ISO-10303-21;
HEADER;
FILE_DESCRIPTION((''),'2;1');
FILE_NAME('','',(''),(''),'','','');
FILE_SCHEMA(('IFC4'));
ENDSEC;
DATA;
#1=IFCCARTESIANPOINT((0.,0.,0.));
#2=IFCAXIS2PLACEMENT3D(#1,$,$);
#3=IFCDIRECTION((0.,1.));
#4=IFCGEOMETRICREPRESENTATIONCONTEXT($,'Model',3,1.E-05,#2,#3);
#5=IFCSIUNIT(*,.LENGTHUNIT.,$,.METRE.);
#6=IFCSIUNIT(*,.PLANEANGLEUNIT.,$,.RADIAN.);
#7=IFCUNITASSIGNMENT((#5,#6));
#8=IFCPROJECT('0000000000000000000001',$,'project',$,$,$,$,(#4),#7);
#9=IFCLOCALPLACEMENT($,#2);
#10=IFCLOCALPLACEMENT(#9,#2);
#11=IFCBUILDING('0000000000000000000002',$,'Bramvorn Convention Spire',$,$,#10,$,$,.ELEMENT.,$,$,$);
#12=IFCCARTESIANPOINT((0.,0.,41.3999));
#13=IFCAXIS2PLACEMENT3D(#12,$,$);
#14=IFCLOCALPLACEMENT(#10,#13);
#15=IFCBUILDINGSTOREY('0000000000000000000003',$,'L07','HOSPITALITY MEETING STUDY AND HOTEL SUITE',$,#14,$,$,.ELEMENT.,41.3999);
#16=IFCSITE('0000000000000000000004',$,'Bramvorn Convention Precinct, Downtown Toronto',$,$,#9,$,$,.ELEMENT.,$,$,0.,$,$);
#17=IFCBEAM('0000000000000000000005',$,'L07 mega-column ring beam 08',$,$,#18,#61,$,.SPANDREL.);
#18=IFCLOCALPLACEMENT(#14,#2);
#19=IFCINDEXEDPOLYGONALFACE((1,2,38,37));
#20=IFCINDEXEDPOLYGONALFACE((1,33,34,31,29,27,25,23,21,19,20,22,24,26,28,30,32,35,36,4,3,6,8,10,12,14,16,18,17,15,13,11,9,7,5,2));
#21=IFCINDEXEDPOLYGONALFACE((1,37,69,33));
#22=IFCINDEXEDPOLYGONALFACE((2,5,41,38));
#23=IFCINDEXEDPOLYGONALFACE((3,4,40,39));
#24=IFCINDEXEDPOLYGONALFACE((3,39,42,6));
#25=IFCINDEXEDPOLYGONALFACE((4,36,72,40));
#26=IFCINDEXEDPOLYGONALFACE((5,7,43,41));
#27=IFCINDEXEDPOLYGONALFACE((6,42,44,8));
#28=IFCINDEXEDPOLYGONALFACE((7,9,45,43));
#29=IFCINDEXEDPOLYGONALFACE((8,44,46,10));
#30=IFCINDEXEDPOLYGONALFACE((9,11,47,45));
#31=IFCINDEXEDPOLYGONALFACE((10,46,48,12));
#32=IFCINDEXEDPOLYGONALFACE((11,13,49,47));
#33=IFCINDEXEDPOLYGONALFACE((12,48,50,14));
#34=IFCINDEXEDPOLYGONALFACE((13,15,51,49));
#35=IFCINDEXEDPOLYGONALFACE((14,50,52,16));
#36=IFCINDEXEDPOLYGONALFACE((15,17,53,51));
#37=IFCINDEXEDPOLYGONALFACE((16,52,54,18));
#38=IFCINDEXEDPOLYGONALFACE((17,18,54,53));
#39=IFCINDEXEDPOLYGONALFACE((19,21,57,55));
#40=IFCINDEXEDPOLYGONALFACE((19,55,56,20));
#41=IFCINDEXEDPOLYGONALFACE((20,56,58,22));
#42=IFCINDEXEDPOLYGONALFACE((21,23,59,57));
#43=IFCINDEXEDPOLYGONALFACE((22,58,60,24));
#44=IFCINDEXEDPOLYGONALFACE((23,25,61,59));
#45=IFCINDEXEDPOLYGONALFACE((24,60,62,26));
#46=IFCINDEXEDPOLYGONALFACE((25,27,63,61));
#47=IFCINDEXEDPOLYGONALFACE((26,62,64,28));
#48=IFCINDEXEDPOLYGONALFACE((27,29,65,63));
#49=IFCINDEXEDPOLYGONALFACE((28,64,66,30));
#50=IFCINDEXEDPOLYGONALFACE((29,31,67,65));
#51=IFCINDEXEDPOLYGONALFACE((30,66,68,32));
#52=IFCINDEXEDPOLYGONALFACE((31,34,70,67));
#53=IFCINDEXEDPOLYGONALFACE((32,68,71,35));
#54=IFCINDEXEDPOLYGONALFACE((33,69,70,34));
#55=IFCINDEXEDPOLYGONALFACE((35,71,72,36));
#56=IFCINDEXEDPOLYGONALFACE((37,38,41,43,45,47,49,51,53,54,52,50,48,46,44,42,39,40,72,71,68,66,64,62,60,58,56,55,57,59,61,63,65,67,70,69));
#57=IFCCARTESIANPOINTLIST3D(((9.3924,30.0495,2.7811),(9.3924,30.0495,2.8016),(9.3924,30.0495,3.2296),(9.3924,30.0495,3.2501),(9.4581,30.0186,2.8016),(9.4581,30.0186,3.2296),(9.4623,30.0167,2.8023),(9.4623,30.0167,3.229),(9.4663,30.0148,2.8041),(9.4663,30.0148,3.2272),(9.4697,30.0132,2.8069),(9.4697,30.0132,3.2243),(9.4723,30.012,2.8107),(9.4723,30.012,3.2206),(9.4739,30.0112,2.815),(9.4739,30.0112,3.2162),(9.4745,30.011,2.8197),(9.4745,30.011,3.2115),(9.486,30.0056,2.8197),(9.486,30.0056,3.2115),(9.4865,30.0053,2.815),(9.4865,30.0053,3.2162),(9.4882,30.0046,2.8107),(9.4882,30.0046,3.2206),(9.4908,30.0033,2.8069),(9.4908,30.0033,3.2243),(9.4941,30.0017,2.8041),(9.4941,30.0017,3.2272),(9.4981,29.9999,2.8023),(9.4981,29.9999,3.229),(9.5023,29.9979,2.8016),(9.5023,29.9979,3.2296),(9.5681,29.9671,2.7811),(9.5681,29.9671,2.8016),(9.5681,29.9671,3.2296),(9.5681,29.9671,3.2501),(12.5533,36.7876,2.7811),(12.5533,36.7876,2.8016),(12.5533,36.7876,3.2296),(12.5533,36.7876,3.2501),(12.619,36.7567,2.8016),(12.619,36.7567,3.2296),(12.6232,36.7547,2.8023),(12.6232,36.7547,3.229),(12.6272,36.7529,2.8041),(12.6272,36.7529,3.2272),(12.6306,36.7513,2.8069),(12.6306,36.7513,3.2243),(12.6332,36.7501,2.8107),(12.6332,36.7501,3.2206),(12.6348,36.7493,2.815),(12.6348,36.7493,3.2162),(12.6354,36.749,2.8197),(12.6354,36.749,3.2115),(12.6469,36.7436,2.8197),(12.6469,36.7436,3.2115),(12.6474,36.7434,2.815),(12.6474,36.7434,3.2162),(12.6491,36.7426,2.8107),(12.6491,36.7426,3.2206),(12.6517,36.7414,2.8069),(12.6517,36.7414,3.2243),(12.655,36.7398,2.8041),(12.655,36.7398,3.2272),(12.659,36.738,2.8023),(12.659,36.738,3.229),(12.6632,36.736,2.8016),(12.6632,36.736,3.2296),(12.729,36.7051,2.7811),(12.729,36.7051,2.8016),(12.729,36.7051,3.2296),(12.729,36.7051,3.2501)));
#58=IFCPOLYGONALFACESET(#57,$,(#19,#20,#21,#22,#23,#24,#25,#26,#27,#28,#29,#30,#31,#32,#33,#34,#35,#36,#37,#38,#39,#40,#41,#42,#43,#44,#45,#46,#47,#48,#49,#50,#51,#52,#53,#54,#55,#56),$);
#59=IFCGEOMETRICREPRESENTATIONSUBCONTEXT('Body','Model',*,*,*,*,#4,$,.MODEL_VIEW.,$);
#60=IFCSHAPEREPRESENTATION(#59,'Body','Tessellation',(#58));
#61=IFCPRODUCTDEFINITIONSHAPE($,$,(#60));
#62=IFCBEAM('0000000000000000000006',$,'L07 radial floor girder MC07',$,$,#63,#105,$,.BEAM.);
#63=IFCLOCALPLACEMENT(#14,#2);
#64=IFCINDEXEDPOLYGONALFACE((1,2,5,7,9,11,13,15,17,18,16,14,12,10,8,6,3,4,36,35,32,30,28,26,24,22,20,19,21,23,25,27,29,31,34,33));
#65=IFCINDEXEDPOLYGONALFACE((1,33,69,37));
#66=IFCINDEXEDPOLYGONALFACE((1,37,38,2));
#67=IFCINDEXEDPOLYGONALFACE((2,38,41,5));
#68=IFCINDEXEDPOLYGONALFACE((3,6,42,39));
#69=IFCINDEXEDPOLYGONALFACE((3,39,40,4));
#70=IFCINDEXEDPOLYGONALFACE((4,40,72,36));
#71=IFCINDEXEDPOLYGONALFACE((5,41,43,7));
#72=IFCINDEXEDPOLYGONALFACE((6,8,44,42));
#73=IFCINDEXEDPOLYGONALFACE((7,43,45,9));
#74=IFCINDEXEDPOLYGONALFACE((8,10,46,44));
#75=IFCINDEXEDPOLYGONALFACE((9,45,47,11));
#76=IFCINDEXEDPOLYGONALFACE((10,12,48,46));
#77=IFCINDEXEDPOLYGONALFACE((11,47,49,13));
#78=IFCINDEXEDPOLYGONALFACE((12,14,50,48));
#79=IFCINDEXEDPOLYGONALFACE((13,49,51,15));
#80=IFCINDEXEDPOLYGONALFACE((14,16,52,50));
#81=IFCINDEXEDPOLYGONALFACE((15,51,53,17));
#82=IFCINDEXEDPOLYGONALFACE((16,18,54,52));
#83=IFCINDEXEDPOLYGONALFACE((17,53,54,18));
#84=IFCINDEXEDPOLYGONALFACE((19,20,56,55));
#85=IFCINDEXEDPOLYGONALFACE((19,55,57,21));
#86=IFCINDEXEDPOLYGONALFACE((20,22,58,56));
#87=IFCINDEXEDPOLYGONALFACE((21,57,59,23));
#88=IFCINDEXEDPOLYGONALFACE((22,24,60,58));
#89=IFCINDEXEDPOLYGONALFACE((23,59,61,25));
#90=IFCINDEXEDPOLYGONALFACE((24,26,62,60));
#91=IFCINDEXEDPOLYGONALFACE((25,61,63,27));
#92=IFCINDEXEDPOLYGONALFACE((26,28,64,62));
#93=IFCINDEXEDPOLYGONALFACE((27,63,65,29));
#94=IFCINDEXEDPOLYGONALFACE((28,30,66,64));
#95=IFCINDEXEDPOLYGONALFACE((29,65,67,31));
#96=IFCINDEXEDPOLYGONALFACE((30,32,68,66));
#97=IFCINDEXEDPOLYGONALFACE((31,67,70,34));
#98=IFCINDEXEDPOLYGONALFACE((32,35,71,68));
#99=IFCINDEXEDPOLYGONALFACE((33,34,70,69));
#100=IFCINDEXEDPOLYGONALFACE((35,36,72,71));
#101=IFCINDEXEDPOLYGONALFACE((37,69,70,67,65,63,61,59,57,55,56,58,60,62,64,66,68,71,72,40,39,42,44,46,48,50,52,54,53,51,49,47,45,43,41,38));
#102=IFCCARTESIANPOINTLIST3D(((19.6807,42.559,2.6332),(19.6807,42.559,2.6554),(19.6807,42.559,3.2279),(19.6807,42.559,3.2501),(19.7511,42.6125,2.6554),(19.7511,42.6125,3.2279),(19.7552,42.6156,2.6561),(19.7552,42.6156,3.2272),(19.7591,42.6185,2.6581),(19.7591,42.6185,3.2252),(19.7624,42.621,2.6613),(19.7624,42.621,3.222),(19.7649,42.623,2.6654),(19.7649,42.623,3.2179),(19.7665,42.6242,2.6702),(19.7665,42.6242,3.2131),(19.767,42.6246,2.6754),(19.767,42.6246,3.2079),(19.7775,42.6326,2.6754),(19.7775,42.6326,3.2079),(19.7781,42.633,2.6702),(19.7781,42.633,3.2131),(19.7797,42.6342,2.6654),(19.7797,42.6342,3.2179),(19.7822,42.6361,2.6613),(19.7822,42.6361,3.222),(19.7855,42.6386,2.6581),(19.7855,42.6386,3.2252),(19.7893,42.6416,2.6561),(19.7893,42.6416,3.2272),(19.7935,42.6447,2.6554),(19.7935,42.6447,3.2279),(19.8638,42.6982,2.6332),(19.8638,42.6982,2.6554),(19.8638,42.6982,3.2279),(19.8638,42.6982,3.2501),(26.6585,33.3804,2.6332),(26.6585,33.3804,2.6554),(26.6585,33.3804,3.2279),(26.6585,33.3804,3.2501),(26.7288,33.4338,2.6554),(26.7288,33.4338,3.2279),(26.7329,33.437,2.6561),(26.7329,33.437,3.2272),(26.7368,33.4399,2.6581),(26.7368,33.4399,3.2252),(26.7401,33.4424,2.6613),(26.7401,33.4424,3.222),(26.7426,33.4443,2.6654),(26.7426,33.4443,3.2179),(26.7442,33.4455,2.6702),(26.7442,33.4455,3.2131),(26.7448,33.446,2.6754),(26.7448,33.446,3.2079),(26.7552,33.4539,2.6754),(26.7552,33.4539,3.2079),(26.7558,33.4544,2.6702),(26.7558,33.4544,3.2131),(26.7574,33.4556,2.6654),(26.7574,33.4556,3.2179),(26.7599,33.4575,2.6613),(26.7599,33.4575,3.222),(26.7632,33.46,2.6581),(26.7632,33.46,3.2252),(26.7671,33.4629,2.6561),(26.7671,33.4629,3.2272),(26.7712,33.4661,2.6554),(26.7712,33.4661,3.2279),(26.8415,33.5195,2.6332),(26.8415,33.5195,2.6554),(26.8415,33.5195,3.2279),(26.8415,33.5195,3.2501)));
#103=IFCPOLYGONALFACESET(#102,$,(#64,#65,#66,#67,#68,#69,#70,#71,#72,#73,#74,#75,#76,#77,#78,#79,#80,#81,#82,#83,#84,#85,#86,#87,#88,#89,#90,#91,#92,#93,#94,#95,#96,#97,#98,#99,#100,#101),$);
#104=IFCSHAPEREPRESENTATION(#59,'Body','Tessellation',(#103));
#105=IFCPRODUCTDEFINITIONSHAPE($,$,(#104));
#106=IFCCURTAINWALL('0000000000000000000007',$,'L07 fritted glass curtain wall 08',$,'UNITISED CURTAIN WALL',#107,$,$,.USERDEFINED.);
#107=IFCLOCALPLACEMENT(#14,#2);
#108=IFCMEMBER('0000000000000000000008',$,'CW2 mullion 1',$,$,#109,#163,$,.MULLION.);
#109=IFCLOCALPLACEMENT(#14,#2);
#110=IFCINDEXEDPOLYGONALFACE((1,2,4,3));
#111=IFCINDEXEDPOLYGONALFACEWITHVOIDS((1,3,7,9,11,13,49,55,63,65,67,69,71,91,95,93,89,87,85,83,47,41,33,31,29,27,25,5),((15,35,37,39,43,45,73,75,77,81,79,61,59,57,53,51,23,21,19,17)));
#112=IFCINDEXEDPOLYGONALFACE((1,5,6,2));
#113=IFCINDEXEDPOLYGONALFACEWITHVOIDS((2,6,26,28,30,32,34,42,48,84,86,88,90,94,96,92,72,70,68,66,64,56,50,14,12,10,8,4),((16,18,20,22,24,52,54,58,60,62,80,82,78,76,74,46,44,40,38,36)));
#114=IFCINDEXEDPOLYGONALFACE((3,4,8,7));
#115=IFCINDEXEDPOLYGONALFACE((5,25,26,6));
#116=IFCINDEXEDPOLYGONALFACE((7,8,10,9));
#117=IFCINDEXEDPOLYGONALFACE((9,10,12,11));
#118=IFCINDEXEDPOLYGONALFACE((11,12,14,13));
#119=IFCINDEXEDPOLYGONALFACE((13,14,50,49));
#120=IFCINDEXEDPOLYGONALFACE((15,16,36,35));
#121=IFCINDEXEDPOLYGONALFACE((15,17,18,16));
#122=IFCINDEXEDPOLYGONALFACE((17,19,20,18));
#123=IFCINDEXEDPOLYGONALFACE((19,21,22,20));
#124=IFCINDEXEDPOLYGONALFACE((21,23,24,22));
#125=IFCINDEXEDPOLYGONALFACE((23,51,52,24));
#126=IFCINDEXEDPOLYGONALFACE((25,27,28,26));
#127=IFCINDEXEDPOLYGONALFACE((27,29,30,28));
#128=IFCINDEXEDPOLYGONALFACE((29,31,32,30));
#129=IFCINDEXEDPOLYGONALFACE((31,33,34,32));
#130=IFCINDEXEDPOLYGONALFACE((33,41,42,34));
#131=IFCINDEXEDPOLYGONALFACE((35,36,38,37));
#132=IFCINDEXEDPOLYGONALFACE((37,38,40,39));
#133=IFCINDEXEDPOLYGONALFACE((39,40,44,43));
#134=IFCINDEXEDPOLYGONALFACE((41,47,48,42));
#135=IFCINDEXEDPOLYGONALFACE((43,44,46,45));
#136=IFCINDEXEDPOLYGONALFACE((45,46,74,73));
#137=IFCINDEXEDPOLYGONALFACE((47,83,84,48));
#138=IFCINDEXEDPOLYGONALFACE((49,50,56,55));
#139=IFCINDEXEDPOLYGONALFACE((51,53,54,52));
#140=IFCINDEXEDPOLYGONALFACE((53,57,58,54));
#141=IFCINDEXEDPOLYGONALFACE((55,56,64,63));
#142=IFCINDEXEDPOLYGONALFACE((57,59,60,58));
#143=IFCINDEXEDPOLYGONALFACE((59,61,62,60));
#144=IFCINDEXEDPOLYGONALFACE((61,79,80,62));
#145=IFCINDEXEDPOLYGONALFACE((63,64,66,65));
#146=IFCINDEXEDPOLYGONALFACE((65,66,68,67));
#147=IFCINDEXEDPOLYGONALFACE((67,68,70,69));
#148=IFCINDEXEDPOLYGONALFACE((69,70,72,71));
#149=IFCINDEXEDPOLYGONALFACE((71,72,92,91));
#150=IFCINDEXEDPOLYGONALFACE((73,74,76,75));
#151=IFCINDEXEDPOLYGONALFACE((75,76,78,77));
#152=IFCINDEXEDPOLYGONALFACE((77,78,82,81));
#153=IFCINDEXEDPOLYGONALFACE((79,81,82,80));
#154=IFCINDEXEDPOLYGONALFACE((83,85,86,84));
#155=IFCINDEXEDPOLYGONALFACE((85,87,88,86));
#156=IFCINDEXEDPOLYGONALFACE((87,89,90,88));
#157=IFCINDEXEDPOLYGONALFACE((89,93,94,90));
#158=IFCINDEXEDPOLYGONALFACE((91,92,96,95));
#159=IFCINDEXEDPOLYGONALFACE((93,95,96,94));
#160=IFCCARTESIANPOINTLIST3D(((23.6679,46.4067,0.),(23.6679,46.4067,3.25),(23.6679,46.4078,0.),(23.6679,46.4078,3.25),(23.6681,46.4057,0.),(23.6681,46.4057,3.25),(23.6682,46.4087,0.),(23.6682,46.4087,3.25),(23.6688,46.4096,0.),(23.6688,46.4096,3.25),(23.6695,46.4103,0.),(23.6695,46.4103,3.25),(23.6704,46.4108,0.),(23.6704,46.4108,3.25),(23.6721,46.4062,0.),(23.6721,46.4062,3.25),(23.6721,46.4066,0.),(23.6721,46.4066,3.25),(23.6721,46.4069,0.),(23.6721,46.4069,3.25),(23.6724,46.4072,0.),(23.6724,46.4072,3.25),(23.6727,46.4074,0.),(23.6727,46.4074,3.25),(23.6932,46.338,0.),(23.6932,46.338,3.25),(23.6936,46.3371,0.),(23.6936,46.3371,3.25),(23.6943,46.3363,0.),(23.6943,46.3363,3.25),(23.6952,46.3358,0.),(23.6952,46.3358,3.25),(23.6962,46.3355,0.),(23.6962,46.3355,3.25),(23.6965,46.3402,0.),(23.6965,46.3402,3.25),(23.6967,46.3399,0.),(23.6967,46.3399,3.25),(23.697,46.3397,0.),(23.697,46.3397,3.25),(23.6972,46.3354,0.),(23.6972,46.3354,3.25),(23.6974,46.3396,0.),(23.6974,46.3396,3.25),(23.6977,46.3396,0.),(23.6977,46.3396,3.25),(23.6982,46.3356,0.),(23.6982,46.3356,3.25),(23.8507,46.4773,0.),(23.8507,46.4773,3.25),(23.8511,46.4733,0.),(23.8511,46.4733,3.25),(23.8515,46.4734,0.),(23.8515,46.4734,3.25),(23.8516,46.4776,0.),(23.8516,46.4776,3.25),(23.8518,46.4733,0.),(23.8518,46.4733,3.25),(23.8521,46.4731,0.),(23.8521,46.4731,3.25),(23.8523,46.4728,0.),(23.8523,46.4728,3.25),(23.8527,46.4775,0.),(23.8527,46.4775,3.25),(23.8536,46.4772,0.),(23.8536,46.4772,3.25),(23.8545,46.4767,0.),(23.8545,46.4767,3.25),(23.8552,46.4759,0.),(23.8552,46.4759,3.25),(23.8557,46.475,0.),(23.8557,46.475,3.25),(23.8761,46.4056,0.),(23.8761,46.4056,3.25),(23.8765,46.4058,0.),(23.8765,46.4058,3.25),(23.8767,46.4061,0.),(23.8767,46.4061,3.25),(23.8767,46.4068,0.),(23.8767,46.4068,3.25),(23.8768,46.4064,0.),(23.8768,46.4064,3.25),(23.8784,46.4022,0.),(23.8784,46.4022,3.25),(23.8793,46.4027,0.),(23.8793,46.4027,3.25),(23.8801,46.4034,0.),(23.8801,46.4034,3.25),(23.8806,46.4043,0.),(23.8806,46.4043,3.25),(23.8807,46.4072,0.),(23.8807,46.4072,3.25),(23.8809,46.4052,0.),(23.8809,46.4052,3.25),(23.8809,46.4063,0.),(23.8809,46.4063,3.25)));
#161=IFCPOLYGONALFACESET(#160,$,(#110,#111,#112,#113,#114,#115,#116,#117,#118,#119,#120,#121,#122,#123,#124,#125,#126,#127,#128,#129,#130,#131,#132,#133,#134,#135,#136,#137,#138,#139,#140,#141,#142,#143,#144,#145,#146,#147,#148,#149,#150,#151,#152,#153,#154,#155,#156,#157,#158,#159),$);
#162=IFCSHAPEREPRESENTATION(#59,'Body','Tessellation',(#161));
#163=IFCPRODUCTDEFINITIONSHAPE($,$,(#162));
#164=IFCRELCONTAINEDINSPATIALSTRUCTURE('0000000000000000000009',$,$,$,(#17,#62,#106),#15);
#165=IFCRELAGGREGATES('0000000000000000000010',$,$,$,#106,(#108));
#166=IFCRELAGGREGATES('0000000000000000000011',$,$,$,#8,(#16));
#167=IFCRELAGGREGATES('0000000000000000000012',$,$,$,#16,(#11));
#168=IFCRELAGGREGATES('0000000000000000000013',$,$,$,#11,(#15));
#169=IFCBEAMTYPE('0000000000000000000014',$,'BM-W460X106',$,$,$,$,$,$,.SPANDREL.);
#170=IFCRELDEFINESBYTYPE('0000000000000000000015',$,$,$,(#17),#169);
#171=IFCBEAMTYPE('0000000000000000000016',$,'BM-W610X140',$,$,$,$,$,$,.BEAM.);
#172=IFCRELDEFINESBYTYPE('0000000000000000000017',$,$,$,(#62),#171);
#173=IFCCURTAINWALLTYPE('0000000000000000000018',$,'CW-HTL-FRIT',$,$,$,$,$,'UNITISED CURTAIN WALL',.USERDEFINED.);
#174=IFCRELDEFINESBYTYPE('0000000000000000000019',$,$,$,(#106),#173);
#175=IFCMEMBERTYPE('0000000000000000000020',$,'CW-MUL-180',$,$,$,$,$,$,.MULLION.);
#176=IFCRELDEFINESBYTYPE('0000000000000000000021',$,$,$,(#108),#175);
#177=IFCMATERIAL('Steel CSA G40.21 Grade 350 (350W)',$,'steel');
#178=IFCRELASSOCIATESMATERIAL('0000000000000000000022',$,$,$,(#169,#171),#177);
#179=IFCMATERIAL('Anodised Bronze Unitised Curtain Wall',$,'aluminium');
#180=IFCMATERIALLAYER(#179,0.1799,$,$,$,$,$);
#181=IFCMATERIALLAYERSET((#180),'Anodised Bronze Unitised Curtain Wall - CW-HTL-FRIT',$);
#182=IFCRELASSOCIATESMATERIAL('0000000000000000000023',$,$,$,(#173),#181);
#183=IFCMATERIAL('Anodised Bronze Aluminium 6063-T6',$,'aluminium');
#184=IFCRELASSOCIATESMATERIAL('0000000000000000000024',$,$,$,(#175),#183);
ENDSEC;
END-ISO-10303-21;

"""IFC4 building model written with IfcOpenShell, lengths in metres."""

from ifc_helpers import new_model, si_unit, direction, frame, origin, origin_2d, place, context, subcontext, project, spatial, hollow_rectangle, i_section, extrude, material, layer, layer_set, material_profile, profile_set, type_object, element, aggregate, save


model = new_model("IFC4")

# Units and contexts
model_context = context("Model", 3, precision=1e-05, world=origin(), true_north=direction((0.0, 1.0)))
body_context = subcontext(model_context, "Body", "Model", "MODEL_VIEW")
ifc_project = project(units=[si_unit("LENGTHUNIT", "METRE"), si_unit("PLANEANGLEUNIT", "RADIAN")], contexts=[model_context])

# Site, building, storey
site_placement = place(None, origin())
site = spatial("IfcSite", under=ifc_project, at=site_placement, Name="Bramvorn Convention Precinct, Downtown Toronto", CompositionType="ELEMENT", RefElevation=0.0)
building_placement = place(site_placement, origin())
building = spatial("IfcBuilding", under=site, at=building_placement, Name="Bramvorn Convention Spire", CompositionType="ELEMENT")
storey_placement = place(building_placement, frame((0.0, 0.0, 41.3999)))
storey = spatial("IfcBuildingStorey", under=building, at=storey_placement, Name="L07", Description="HOSPITALITY MEETING STUDY AND HOTEL SUITE", CompositionType="ELEMENT", Elevation=41.3999)

# Shared definitions
ifc_material_1 = material(Name="Steel CSA G40.21 Grade 350 (350W)", Category="steel")

# Beams
ifc_material_profile_1 = material_profile(ifc_material_1, i_section(OverallWidth=0.1941, OverallDepth=0.469, WebThickness=0.0127, FlangeThickness=0.0205, FilletRadius=0.0181, at=origin_2d()))
ifc_profile_set_1 = profile_set([ifc_material_profile_1], Name="Steel CSA G40.21 Grade 350 (350W) - W460X106")
beam_type_1 = type_object("IfcBeamType", Name="BM-W460X106", PredefinedType="SPANDREL", material=ifc_profile_set_1)
beam_1_placement = place(storey_placement, frame((12.6411, 36.7463, 3.0156), z_axis=(-0.424702, -0.905333, 0.0), x_axis=(0.905333, -0.424702, 0.0)))
element("IfcBeam", 1, at=beam_1_placement, inside=storey, type_object=beam_type_1, Name="L07 mega-column ring beam 08", PredefinedType="SPANDREL", context=body_context, shape_type="SweptSolid", body=[
    extrude(i_section(OverallWidth=0.1941, OverallDepth=0.469, WebThickness=0.0127, FlangeThickness=0.0205, FilletRadius=0.0181, at=origin_2d()), origin(), (0.0, 0.0, 1.0), 7.4426),
])
ifc_material_profile_2 = material_profile(ifc_material_1, i_section(OverallWidth=0.23, OverallDepth=0.6169, WebThickness=0.0132, FlangeThickness=0.0222, FilletRadius=0.02, at=origin_2d()))
ifc_profile_set_2 = profile_set([ifc_material_profile_2], Name="Steel CSA G40.21 Grade 350 (350W) - W610X140")
beam_type_2 = type_object("IfcBeamType", Name="BM-W610X140", PredefinedType="BEAM", material=ifc_profile_set_2)
beam_2_placement = place(storey_placement, frame((26.75, 33.45, 2.9417), z_axis=(-0.605191, 0.79608, 0.0), x_axis=(-0.79608, -0.605191, 0.0)))
element("IfcBeam", 2, at=beam_2_placement, inside=storey, type_object=beam_type_2, Name="L07 radial floor girder MC07", PredefinedType="BEAM", context=body_context, shape_type="SweptSolid", body=[
    extrude(i_section(OverallWidth=0.23, OverallDepth=0.6169, WebThickness=0.0132, FlangeThickness=0.0222, FilletRadius=0.02, at=origin_2d()), origin(), (0.0, 0.0, 1.0), 11.5298),
])

# Curtain wall, member
ifc_material_2 = material(Name="Anodised Bronze Unitised Curtain Wall", Category="aluminium")
ifc_layer_1 = layer(ifc_material_2, 0.1799)
ifc_layer_set_1 = layer_set([ifc_layer_1], Name="Anodised Bronze Unitised Curtain Wall - CW-HTL-FRIT")
curtain_wall_type = type_object("IfcCurtainWallType", Name="CW-HTL-FRIT", ElementType="UNITISED CURTAIN WALL", PredefinedType="USERDEFINED", material=ifc_layer_set_1)
curtain_wall_placement = place(storey_placement, origin())
curtain_wall = element("IfcCurtainWall", 3, at=curtain_wall_placement, inside=storey, type_object=curtain_wall_type, Name="L07 fritted glass curtain wall 08", ObjectType="UNITISED CURTAIN WALL", PredefinedType="USERDEFINED")
ifc_material_3 = material(Name="Anodised Bronze Aluminium 6063-T6", Category="aluminium")
ifc_material_profile_3 = material_profile(ifc_material_3, hollow_rectangle(XDim=0.0801, YDim=0.2, WallThickness=0.0039, InnerFilletRadius=0.001, OuterFilletRadius=0.0039, at=origin_2d()))
ifc_profile_set_3 = profile_set([ifc_material_profile_3], Name="Anodised Bronze Aluminium 6063-T6 - CWM80X200")
member_type_1 = type_object("IfcMemberType", Name="CW-MUL-180", PredefinedType="MULLION", material=ifc_profile_set_3)
member_1_placement = place(storey_placement, frame((23.7744, 46.4065, 0.0), z_axis=(0.0, 0.0, 1.0), x_axis=(-0.34655, 0.938032, 0.0)))
member_1 = element("IfcMember", 4, at=member_1_placement, type_object=member_type_1, Name="CW2 mullion 1", PredefinedType="MULLION", context=body_context, shape_type="SweptSolid", body=[
    extrude(hollow_rectangle(XDim=0.0801, YDim=0.2, WallThickness=0.0039, InnerFilletRadius=0.001, OuterFilletRadius=0.0039, at=origin_2d()), origin(), (0.0, 0.0, 1.0), 3.25),
])
aggregate(curtain_wall, [member_1])

save(model, "model.ifc")
